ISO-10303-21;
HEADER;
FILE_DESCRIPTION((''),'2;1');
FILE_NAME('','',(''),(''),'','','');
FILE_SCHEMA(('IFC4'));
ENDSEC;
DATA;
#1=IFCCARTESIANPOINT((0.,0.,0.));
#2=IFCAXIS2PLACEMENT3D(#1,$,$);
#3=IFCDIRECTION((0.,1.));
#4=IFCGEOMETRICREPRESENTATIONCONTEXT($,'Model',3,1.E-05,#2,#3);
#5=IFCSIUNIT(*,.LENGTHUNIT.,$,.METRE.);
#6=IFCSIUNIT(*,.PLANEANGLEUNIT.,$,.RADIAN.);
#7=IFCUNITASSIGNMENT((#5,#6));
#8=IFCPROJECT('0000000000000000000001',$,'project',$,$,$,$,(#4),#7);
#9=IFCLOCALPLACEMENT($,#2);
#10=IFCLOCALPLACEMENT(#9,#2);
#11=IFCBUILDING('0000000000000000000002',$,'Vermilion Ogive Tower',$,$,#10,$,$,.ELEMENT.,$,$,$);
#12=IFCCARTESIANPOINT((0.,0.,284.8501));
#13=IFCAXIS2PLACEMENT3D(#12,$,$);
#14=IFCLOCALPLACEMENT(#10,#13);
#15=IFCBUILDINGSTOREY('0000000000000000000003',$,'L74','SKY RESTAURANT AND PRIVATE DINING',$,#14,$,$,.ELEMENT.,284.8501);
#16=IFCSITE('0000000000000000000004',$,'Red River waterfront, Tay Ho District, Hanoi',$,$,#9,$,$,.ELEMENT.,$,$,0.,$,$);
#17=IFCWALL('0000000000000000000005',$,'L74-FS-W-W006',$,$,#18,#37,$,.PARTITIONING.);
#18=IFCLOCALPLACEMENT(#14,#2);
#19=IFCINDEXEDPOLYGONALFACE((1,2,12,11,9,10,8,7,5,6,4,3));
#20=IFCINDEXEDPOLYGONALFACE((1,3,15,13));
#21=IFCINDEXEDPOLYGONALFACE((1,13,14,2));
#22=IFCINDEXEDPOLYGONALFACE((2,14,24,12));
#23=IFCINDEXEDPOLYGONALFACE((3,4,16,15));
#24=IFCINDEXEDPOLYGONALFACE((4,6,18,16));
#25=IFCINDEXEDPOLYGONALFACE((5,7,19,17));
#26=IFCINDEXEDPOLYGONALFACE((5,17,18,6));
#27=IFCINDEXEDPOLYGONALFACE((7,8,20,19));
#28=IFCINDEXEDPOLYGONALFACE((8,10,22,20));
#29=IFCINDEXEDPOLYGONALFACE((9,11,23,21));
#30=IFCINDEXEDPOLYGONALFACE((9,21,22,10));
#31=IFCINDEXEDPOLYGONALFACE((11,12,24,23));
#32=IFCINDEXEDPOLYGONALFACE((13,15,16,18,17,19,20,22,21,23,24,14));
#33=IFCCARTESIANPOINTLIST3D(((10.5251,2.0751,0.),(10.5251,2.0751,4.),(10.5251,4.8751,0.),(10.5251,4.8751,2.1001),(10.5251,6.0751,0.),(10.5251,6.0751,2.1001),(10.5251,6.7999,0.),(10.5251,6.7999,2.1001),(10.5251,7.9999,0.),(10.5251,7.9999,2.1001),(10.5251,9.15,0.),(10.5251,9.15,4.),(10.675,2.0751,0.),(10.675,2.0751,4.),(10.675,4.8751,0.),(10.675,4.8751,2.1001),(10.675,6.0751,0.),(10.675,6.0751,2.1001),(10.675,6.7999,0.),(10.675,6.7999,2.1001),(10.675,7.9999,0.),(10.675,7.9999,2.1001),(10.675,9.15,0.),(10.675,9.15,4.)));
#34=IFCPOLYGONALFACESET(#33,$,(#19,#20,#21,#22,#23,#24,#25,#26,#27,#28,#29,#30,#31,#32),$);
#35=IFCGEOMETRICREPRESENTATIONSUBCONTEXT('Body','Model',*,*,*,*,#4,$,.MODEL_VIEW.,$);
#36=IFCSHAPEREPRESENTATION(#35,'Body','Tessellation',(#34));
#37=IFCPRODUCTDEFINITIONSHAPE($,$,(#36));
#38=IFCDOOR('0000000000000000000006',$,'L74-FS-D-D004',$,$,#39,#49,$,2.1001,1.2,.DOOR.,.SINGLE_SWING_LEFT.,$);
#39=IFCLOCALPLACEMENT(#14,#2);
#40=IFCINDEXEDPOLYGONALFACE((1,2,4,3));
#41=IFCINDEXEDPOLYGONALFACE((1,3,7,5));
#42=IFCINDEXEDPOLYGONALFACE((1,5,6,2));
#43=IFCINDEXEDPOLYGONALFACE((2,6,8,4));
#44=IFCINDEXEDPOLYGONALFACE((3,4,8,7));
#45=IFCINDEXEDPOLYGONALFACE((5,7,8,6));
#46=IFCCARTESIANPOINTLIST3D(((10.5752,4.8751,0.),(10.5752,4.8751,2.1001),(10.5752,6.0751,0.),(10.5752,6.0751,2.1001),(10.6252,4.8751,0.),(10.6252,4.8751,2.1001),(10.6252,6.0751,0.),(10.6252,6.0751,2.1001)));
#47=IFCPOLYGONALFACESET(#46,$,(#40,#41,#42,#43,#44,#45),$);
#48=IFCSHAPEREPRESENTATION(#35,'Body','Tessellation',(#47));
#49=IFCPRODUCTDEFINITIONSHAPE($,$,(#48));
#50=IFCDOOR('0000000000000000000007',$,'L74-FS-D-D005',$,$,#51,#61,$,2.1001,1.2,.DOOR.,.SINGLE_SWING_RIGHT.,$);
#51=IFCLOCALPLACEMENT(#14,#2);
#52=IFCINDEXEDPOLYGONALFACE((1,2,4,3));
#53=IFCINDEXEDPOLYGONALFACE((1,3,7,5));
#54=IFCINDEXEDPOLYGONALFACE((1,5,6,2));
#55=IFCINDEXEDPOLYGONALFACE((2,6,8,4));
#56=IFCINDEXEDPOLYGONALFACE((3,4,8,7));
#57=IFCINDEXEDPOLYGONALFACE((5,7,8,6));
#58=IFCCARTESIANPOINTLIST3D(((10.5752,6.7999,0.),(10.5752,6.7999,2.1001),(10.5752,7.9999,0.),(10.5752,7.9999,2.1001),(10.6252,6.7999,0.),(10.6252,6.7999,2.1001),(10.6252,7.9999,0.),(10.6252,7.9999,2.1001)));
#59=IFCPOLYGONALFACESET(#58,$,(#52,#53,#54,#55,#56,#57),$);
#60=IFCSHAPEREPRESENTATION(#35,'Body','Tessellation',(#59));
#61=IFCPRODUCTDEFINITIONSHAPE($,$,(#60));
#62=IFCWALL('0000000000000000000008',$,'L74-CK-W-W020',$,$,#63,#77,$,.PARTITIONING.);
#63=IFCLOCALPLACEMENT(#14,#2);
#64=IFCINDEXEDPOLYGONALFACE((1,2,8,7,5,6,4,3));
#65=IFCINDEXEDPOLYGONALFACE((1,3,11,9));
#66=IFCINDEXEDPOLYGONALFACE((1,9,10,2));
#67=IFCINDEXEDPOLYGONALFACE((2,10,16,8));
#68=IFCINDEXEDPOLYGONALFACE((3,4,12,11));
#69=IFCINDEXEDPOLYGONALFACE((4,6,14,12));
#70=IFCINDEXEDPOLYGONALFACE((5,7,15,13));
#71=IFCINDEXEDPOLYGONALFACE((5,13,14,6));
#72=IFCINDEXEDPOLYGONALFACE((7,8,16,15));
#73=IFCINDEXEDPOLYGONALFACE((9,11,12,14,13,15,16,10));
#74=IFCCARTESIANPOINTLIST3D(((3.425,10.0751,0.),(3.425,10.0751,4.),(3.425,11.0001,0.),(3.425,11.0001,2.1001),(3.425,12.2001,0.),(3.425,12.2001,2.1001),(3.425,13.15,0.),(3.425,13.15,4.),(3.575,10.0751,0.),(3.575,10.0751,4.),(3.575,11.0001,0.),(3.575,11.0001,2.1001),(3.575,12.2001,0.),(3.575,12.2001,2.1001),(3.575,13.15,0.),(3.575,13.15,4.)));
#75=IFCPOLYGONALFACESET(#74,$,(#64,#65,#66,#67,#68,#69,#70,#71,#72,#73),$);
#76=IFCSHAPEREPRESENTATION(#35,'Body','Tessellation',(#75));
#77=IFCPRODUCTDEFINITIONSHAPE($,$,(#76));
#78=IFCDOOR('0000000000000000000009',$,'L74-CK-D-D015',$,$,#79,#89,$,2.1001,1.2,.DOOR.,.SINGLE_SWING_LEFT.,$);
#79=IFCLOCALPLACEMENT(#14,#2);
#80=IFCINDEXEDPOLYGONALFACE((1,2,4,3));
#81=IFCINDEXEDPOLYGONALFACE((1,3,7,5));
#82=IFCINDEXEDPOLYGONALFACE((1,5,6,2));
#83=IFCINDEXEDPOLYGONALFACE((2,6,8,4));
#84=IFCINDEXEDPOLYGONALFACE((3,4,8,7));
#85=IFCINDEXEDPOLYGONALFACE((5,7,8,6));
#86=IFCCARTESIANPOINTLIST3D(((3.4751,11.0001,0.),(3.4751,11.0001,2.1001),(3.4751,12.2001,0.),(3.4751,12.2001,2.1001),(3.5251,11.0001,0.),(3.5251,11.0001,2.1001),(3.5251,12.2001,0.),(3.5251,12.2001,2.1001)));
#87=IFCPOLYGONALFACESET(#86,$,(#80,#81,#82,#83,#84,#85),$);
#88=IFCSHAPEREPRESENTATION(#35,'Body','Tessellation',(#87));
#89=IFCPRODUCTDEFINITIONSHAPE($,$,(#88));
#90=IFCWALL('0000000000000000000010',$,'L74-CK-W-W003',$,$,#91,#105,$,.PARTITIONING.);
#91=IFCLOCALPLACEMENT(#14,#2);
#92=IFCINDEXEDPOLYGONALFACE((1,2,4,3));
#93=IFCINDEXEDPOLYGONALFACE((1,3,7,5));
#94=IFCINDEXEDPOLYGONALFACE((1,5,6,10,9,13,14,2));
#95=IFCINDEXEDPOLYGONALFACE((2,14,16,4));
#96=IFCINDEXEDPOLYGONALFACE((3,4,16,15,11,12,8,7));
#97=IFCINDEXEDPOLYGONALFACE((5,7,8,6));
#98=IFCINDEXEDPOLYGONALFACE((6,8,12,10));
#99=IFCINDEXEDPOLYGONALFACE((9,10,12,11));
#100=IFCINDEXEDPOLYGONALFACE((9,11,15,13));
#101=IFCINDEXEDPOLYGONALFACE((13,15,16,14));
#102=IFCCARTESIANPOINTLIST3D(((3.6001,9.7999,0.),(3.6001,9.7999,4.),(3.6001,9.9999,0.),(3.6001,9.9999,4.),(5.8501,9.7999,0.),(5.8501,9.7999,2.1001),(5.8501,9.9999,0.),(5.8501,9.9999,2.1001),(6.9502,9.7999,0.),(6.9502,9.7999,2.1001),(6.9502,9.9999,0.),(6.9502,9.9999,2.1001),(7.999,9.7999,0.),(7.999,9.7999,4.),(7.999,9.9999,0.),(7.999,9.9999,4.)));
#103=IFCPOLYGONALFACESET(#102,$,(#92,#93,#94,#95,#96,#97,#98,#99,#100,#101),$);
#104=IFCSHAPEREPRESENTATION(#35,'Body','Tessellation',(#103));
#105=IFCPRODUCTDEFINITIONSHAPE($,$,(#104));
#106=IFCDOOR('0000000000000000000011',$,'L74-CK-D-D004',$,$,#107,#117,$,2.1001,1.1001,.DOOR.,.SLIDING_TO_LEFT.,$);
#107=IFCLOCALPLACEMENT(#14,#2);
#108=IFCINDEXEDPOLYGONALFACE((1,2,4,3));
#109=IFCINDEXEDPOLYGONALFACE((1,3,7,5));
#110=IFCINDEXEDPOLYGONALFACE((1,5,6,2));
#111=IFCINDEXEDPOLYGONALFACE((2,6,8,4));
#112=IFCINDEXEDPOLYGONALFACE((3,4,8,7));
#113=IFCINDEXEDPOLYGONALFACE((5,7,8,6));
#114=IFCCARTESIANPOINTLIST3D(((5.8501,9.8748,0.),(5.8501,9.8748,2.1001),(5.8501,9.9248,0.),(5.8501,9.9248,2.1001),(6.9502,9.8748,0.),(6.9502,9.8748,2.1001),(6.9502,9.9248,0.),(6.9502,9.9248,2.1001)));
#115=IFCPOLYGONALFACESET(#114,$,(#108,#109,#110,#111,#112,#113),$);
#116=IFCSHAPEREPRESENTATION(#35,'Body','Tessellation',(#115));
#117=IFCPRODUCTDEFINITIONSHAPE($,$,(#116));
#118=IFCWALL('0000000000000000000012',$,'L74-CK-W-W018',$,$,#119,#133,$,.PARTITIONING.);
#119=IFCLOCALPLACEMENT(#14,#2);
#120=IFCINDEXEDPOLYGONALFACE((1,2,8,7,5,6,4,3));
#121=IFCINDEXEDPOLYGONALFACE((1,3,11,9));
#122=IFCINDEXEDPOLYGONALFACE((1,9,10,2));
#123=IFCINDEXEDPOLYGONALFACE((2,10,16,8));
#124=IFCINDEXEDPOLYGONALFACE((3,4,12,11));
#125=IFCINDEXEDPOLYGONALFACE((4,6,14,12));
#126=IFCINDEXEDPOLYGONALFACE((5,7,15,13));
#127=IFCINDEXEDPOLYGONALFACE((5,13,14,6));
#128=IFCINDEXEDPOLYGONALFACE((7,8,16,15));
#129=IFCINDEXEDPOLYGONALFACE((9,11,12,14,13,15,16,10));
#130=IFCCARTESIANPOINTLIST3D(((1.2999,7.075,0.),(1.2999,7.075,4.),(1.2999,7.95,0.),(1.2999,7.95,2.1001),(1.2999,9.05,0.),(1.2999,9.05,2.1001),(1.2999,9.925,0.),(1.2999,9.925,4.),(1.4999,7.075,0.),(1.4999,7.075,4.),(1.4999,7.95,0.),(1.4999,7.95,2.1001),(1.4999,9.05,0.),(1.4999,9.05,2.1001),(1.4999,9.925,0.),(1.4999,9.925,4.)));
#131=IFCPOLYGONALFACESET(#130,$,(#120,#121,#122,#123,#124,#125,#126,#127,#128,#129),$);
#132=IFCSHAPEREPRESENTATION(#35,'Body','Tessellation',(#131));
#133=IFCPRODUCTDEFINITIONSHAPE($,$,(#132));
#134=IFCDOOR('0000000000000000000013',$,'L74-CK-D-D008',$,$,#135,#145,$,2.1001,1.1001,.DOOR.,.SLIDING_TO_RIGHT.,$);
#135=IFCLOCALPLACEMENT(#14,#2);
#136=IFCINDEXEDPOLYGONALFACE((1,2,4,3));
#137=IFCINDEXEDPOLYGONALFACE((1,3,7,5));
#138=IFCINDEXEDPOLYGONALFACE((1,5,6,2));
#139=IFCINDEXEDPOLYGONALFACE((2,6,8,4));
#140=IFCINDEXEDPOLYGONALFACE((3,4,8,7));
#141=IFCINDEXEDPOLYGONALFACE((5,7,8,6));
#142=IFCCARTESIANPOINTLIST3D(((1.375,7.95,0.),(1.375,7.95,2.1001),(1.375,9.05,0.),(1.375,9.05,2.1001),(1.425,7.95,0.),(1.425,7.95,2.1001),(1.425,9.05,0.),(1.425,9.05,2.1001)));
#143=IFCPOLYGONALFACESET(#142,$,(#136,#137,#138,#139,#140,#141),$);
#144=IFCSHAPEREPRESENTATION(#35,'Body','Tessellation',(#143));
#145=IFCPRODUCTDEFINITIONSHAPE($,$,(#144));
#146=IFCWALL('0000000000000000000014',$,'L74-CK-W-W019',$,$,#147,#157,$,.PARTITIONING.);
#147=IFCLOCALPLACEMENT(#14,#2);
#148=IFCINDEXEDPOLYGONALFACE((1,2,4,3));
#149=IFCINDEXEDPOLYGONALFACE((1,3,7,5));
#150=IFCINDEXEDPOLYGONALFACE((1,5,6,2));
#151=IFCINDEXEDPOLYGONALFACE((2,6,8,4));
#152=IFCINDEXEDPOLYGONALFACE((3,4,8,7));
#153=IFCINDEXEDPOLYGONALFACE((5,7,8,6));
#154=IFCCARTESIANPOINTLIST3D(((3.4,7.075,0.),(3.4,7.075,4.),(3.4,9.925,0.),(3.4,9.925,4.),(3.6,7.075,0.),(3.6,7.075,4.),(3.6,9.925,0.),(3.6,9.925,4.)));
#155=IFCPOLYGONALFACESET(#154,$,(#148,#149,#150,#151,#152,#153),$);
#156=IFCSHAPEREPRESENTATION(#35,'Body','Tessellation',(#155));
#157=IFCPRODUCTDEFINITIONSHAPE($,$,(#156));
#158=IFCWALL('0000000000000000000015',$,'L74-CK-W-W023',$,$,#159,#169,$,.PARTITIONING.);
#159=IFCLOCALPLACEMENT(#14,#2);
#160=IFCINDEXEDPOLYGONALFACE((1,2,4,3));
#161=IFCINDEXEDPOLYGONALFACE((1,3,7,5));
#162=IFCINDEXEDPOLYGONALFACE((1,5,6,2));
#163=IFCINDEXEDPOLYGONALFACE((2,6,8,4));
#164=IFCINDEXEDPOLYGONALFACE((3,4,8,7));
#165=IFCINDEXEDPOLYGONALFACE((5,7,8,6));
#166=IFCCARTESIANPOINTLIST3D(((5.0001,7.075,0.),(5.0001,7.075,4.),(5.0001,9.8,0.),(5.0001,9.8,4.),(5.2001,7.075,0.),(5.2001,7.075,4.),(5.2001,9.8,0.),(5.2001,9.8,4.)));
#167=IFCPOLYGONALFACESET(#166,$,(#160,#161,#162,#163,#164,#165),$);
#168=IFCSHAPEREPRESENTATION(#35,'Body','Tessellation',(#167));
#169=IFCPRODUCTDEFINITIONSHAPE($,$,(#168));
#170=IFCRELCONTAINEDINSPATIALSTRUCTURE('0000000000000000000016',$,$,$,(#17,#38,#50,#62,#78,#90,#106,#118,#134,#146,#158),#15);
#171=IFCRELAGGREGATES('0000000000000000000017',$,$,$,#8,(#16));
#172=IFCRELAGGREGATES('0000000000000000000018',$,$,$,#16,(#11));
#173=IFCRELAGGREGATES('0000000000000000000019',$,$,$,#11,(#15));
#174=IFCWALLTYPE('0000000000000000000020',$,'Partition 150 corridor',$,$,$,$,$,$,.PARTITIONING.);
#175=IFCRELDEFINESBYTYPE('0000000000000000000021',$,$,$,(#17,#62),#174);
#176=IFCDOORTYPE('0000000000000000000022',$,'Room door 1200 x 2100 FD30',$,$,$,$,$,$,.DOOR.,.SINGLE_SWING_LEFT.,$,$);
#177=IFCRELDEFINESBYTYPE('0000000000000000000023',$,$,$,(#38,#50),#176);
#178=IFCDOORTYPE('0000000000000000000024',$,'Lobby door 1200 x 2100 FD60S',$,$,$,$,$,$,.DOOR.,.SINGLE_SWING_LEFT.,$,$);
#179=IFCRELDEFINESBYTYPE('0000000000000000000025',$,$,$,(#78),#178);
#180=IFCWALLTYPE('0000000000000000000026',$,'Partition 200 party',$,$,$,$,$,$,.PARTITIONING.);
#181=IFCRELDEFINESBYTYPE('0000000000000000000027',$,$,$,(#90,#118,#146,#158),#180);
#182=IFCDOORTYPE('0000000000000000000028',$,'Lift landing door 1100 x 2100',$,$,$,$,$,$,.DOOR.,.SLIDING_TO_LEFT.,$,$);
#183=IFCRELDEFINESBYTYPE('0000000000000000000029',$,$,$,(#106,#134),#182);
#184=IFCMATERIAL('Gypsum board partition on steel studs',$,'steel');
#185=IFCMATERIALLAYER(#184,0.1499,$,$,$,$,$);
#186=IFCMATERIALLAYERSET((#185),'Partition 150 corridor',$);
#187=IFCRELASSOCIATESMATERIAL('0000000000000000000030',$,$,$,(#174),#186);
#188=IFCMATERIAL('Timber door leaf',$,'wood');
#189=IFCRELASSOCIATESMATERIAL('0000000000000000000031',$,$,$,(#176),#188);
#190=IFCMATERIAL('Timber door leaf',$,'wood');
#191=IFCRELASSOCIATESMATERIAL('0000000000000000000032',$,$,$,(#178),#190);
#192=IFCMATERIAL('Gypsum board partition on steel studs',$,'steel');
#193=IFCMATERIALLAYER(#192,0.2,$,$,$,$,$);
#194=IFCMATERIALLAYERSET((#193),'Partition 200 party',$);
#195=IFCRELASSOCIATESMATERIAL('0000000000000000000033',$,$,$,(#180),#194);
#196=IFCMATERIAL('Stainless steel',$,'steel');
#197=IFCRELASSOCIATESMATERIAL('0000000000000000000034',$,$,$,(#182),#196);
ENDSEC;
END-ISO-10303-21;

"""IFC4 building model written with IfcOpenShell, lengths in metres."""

from ifc_helpers import new_model, si_unit, direction, frame, frame_2d, origin, place, context, subcontext, project, spatial, rectangle, extrude, material, layer, layer_set, type_object, element, fill, save


model = new_model("IFC4")

# Units and contexts
model_context = context("Model", 3, precision=1e-05, world=origin(), true_north=direction((0.0, 1.0)))
body_context = subcontext(model_context, "Body", "Model", "MODEL_VIEW")
ifc_project = project(units=[si_unit("LENGTHUNIT", "METRE"), si_unit("PLANEANGLEUNIT", "RADIAN")], contexts=[model_context])

# Site, building, storey
site_placement = place(None, origin())
site = spatial("IfcSite", under=ifc_project, at=site_placement, Name="Red River waterfront, Tay Ho District, Hanoi", CompositionType="ELEMENT", RefElevation=0.0)
building_placement = place(site_placement, origin())
building = spatial("IfcBuilding", under=site, at=building_placement, Name="Vermilion Ogive Tower", CompositionType="ELEMENT")
storey_placement = place(building_placement, frame((0.0, 0.0, 284.8501)))
storey = spatial("IfcBuildingStorey", under=building, at=storey_placement, Name="L74", Description="SKY RESTAURANT AND PRIVATE DINING", CompositionType="ELEMENT", Elevation=284.8501)

# Wall, openings, doors
ifc_material_1 = material(Name="Gypsum board partition on steel studs", Category="steel")
ifc_layer_1 = layer(ifc_material_1, 0.1499)
ifc_layer_set_1 = layer_set([ifc_layer_1], Name="Partition 150 corridor")
wall_type_1 = type_object("IfcWallType", Name="Partition 150 corridor", PredefinedType="PARTITIONING", material=ifc_layer_set_1)
wall_1_placement = place(storey_placement, frame((10.6001, 2.075, 0.0), z_axis=(0.0, 0.0, 1.0), x_axis=(0.0, 1.0, 0.0)))
wall_1 = element("IfcWall", 1, at=wall_1_placement, inside=storey, type_object=wall_type_1, Name="L74-FS-W-W006", PredefinedType="PARTITIONING", context=body_context, shape_type="SweptSolid", body=[
    extrude(rectangle(XDim=7.075, YDim=0.1499, at=frame_2d((3.5376, 0.0))), origin(), (0.0, 0.0, 1.0), 4.0),
])
opening_1_placement = place(wall_1_placement, frame((2.8, 0.0, 0.0)))
opening_1 = element("IfcOpeningElement", 2, at=opening_1_placement, cuts=wall_1, PredefinedType="OPENING", context=body_context, shape_type="SweptSolid", body=[
    extrude(rectangle(XDim=1.2, YDim=2.1001, at=frame_2d((0.6001, 1.05))), frame((0.0, 0.085, 0.0), z_axis=(0.0, -1.0, 0.0), x_axis=(1.0, 0.0, 0.0)), (0.0, 0.0, 1.0), 0.1699),
])
opening_2_placement = place(wall_1_placement, frame((4.7249, 0.0, 0.0)))
opening_2 = element("IfcOpeningElement", 3, at=opening_2_placement, cuts=wall_1, PredefinedType="OPENING", context=body_context, shape_type="SweptSolid", body=[
    extrude(rectangle(XDim=1.2, YDim=2.1001, at=frame_2d((0.6001, 1.05))), frame((0.0, 0.085, 0.0), z_axis=(0.0, -1.0, 0.0), x_axis=(1.0, 0.0, 0.0)), (0.0, 0.0, 1.0), 0.1699),
])
ifc_material_2 = material(Name="Timber door leaf", Category="wood")
door_type_1 = type_object("IfcDoorType", Name="Room door 1200 x 2100 FD30", OperationType="SINGLE_SWING_LEFT", PredefinedType="DOOR", material=ifc_material_2)
door_1_placement = place(opening_1_placement, origin())
door_1 = element("IfcDoor", 4, at=door_1_placement, inside=storey, type_object=door_type_1, Name="L74-FS-D-D004", OperationType="SINGLE_SWING_LEFT", OverallHeight=2.1001, OverallWidth=1.2, PredefinedType="DOOR", context=body_context, shape_type="SweptSolid", body=[
    extrude(rectangle(XDim=1.2, YDim=2.1001, at=frame_2d((0.6001, 1.05))), frame((0.0, 0.0249, 0.0), z_axis=(0.0, -1.0, 0.0), x_axis=(1.0, 0.0, 0.0)), (0.0, 0.0, 1.0), 0.05),
])
fill(opening_1, door_1)
door_2_placement = place(opening_2_placement, origin())
door_2 = element("IfcDoor", 5, at=door_2_placement, inside=storey, type_object=door_type_1, Name="L74-FS-D-D005", OperationType="SINGLE_SWING_RIGHT", OverallHeight=2.1001, OverallWidth=1.2, PredefinedType="DOOR", context=body_context, shape_type="SweptSolid", body=[
    extrude(rectangle(XDim=1.2, YDim=2.1001, at=frame_2d((0.6001, 1.05))), frame((0.0, 0.0249, 0.0), z_axis=(0.0, -1.0, 0.0), x_axis=(1.0, 0.0, 0.0)), (0.0, 0.0, 1.0), 0.05),
])
fill(opening_2, door_2)

# Walls, openings, doors
wall_2_placement = place(storey_placement, frame((3.5, 10.075, 0.0), z_axis=(0.0, 0.0, 1.0), x_axis=(0.0, 1.0, 0.0)))
wall_2 = element("IfcWall", 6, at=wall_2_placement, inside=storey, type_object=wall_type_1, Name="L74-CK-W-W020", PredefinedType="PARTITIONING", context=body_context, shape_type="SweptSolid", body=[
    extrude(rectangle(XDim=3.075, YDim=0.1499, at=frame_2d((1.5376, 0.0))), origin(), (0.0, 0.0, 1.0), 4.0),
])
opening_3_placement = place(wall_2_placement, frame((0.925, 0.0, 0.0)))
opening_3 = element("IfcOpeningElement", 7, at=opening_3_placement, cuts=wall_2, PredefinedType="OPENING", context=body_context, shape_type="SweptSolid", body=[
    extrude(rectangle(XDim=1.2, YDim=2.1001, at=frame_2d((0.6001, 1.05))), frame((0.0, 0.085, 0.0), z_axis=(0.0, -1.0, 0.0), x_axis=(1.0, 0.0, 0.0)), (0.0, 0.0, 1.0), 0.1699),
])
ifc_material_3 = material(Name="Timber door leaf", Category="wood")
door_type_2 = type_object("IfcDoorType", Name="Lobby door 1200 x 2100 FD60S", OperationType="SINGLE_SWING_LEFT", PredefinedType="DOOR", material=ifc_material_3)
door_3_placement = place(opening_3_placement, origin())
door_3 = element("IfcDoor", 8, at=door_3_placement, inside=storey, type_object=door_type_2, Name="L74-CK-D-D015", OperationType="SINGLE_SWING_LEFT", OverallHeight=2.1001, OverallWidth=1.2, PredefinedType="DOOR", context=body_context, shape_type="SweptSolid", body=[
    extrude(rectangle(XDim=1.2, YDim=2.1001, at=frame_2d((0.6001, 1.05))), frame((0.0, 0.0249, 0.0), z_axis=(0.0, -1.0, 0.0), x_axis=(1.0, 0.0, 0.0)), (0.0, 0.0, 1.0), 0.05),
])
fill(opening_3, door_3)
ifc_material_4 = material(Name="Gypsum board partition on steel studs", Category="steel")
ifc_layer_2 = layer(ifc_material_4, 0.2)
ifc_layer_set_2 = layer_set([ifc_layer_2], Name="Partition 200 party")
wall_type_2 = type_object("IfcWallType", Name="Partition 200 party", PredefinedType="PARTITIONING", material=ifc_layer_set_2)
wall_3_placement = place(storey_placement, frame((3.6001, 9.8999, 0.0), z_axis=(0.0, 0.0, 1.0), x_axis=(1.0, 0.0, 0.0)))
wall_3 = element("IfcWall", 9, at=wall_3_placement, inside=storey, type_object=wall_type_2, Name="L74-CK-W-W003", PredefinedType="PARTITIONING", context=body_context, shape_type="SweptSolid", body=[
    extrude(rectangle(XDim=4.3989, YDim=0.2, at=frame_2d((2.1995, 0.0))), origin(), (0.0, 0.0, 1.0), 4.0),
])
opening_4_placement = place(wall_3_placement, frame((2.25, 0.0, 0.0)))
opening_4 = element("IfcOpeningElement", 10, at=opening_4_placement, cuts=wall_3, PredefinedType="OPENING", context=body_context, shape_type="SweptSolid", body=[
    extrude(rectangle(XDim=1.1001, YDim=2.1001, at=frame_2d((0.55, 1.05))), frame((0.0, 0.1099, 0.0), z_axis=(0.0, -1.0, 0.0), x_axis=(1.0, 0.0, 0.0)), (0.0, 0.0, 1.0), 0.22),
])
ifc_material_5 = material(Name="Stainless steel", Category="steel")
door_type_3 = type_object("IfcDoorType", Name="Lift landing door 1100 x 2100", OperationType="SLIDING_TO_LEFT", PredefinedType="DOOR", material=ifc_material_5)
door_4_placement = place(opening_4_placement, origin())
door_4 = element("IfcDoor", 11, at=door_4_placement, inside=storey, type_object=door_type_3, Name="L74-CK-D-D004", OperationType="SLIDING_TO_LEFT", OverallHeight=2.1001, OverallWidth=1.1001, PredefinedType="DOOR", context=body_context, shape_type="SweptSolid", body=[
    extrude(rectangle(XDim=1.1001, YDim=2.1001, at=frame_2d((0.55, 1.05))), frame((0.0, 0.0249, 0.0), z_axis=(0.0, -1.0, 0.0), x_axis=(1.0, 0.0, 0.0)), (0.0, 0.0, 1.0), 0.05),
])
fill(opening_4, door_4)
wall_4_placement = place(storey_placement, frame((1.3999, 7.075, 0.0), z_axis=(0.0, 0.0, 1.0), x_axis=(0.0, 1.0, 0.0)))
wall_4 = element("IfcWall", 12, at=wall_4_placement, inside=storey, type_object=wall_type_2, Name="L74-CK-W-W018", PredefinedType="PARTITIONING", context=body_context, shape_type="SweptSolid", body=[
    extrude(rectangle(XDim=2.8501, YDim=0.2, at=frame_2d((1.425, 0.0))), origin(), (0.0, 0.0, 1.0), 4.0),
])
opening_5_placement = place(wall_4_placement, frame((0.875, 0.0, 0.0)))
opening_5 = element("IfcOpeningElement", 13, at=opening_5_placement, cuts=wall_4, PredefinedType="OPENING", context=body_context, shape_type="SweptSolid", body=[
    extrude(rectangle(XDim=1.1001, YDim=2.1001, at=frame_2d((0.55, 1.05))), frame((0.0, 0.1099, 0.0), z_axis=(0.0, -1.0, 0.0), x_axis=(1.0, 0.0, 0.0)), (0.0, 0.0, 1.0), 0.22),
])
door_5_placement = place(opening_5_placement, origin())
door_5 = element("IfcDoor", 14, at=door_5_placement, inside=storey, type_object=door_type_3, Name="L74-CK-D-D008", OperationType="SLIDING_TO_RIGHT", OverallHeight=2.1001, OverallWidth=1.1001, PredefinedType="DOOR", context=body_context, shape_type="SweptSolid", body=[
    extrude(rectangle(XDim=1.1001, YDim=2.1001, at=frame_2d((0.55, 1.05))), frame((0.0, 0.0249, 0.0), z_axis=(0.0, -1.0, 0.0), x_axis=(1.0, 0.0, 0.0)), (0.0, 0.0, 1.0), 0.05),
])
fill(opening_5, door_5)

# Walls
wall_5_placement = place(storey_placement, frame((3.5, 7.075, 0.0), z_axis=(0.0, 0.0, 1.0), x_axis=(0.0, 1.0, 0.0)))
element("IfcWall", 15, at=wall_5_placement, inside=storey, type_object=wall_type_2, Name="L74-CK-W-W019", PredefinedType="PARTITIONING", context=body_context, shape_type="SweptSolid", body=[
    extrude(rectangle(XDim=2.8501, YDim=0.2, at=frame_2d((1.425, 0.0))), origin(), (0.0, 0.0, 1.0), 4.0),
])
wall_6_placement = place(storey_placement, frame((5.1001, 7.075, 0.0), z_axis=(0.0, 0.0, 1.0), x_axis=(0.0, 1.0, 0.0)))
element("IfcWall", 16, at=wall_6_placement, inside=storey, type_object=wall_type_2, Name="L74-CK-W-W023", PredefinedType="PARTITIONING", context=body_context, shape_type="SweptSolid", body=[
    extrude(rectangle(XDim=2.7251, YDim=0.2, at=frame_2d((1.3625, 0.0))), origin(), (0.0, 0.0, 1.0), 4.0),
])

save(model, "model.ifc")
